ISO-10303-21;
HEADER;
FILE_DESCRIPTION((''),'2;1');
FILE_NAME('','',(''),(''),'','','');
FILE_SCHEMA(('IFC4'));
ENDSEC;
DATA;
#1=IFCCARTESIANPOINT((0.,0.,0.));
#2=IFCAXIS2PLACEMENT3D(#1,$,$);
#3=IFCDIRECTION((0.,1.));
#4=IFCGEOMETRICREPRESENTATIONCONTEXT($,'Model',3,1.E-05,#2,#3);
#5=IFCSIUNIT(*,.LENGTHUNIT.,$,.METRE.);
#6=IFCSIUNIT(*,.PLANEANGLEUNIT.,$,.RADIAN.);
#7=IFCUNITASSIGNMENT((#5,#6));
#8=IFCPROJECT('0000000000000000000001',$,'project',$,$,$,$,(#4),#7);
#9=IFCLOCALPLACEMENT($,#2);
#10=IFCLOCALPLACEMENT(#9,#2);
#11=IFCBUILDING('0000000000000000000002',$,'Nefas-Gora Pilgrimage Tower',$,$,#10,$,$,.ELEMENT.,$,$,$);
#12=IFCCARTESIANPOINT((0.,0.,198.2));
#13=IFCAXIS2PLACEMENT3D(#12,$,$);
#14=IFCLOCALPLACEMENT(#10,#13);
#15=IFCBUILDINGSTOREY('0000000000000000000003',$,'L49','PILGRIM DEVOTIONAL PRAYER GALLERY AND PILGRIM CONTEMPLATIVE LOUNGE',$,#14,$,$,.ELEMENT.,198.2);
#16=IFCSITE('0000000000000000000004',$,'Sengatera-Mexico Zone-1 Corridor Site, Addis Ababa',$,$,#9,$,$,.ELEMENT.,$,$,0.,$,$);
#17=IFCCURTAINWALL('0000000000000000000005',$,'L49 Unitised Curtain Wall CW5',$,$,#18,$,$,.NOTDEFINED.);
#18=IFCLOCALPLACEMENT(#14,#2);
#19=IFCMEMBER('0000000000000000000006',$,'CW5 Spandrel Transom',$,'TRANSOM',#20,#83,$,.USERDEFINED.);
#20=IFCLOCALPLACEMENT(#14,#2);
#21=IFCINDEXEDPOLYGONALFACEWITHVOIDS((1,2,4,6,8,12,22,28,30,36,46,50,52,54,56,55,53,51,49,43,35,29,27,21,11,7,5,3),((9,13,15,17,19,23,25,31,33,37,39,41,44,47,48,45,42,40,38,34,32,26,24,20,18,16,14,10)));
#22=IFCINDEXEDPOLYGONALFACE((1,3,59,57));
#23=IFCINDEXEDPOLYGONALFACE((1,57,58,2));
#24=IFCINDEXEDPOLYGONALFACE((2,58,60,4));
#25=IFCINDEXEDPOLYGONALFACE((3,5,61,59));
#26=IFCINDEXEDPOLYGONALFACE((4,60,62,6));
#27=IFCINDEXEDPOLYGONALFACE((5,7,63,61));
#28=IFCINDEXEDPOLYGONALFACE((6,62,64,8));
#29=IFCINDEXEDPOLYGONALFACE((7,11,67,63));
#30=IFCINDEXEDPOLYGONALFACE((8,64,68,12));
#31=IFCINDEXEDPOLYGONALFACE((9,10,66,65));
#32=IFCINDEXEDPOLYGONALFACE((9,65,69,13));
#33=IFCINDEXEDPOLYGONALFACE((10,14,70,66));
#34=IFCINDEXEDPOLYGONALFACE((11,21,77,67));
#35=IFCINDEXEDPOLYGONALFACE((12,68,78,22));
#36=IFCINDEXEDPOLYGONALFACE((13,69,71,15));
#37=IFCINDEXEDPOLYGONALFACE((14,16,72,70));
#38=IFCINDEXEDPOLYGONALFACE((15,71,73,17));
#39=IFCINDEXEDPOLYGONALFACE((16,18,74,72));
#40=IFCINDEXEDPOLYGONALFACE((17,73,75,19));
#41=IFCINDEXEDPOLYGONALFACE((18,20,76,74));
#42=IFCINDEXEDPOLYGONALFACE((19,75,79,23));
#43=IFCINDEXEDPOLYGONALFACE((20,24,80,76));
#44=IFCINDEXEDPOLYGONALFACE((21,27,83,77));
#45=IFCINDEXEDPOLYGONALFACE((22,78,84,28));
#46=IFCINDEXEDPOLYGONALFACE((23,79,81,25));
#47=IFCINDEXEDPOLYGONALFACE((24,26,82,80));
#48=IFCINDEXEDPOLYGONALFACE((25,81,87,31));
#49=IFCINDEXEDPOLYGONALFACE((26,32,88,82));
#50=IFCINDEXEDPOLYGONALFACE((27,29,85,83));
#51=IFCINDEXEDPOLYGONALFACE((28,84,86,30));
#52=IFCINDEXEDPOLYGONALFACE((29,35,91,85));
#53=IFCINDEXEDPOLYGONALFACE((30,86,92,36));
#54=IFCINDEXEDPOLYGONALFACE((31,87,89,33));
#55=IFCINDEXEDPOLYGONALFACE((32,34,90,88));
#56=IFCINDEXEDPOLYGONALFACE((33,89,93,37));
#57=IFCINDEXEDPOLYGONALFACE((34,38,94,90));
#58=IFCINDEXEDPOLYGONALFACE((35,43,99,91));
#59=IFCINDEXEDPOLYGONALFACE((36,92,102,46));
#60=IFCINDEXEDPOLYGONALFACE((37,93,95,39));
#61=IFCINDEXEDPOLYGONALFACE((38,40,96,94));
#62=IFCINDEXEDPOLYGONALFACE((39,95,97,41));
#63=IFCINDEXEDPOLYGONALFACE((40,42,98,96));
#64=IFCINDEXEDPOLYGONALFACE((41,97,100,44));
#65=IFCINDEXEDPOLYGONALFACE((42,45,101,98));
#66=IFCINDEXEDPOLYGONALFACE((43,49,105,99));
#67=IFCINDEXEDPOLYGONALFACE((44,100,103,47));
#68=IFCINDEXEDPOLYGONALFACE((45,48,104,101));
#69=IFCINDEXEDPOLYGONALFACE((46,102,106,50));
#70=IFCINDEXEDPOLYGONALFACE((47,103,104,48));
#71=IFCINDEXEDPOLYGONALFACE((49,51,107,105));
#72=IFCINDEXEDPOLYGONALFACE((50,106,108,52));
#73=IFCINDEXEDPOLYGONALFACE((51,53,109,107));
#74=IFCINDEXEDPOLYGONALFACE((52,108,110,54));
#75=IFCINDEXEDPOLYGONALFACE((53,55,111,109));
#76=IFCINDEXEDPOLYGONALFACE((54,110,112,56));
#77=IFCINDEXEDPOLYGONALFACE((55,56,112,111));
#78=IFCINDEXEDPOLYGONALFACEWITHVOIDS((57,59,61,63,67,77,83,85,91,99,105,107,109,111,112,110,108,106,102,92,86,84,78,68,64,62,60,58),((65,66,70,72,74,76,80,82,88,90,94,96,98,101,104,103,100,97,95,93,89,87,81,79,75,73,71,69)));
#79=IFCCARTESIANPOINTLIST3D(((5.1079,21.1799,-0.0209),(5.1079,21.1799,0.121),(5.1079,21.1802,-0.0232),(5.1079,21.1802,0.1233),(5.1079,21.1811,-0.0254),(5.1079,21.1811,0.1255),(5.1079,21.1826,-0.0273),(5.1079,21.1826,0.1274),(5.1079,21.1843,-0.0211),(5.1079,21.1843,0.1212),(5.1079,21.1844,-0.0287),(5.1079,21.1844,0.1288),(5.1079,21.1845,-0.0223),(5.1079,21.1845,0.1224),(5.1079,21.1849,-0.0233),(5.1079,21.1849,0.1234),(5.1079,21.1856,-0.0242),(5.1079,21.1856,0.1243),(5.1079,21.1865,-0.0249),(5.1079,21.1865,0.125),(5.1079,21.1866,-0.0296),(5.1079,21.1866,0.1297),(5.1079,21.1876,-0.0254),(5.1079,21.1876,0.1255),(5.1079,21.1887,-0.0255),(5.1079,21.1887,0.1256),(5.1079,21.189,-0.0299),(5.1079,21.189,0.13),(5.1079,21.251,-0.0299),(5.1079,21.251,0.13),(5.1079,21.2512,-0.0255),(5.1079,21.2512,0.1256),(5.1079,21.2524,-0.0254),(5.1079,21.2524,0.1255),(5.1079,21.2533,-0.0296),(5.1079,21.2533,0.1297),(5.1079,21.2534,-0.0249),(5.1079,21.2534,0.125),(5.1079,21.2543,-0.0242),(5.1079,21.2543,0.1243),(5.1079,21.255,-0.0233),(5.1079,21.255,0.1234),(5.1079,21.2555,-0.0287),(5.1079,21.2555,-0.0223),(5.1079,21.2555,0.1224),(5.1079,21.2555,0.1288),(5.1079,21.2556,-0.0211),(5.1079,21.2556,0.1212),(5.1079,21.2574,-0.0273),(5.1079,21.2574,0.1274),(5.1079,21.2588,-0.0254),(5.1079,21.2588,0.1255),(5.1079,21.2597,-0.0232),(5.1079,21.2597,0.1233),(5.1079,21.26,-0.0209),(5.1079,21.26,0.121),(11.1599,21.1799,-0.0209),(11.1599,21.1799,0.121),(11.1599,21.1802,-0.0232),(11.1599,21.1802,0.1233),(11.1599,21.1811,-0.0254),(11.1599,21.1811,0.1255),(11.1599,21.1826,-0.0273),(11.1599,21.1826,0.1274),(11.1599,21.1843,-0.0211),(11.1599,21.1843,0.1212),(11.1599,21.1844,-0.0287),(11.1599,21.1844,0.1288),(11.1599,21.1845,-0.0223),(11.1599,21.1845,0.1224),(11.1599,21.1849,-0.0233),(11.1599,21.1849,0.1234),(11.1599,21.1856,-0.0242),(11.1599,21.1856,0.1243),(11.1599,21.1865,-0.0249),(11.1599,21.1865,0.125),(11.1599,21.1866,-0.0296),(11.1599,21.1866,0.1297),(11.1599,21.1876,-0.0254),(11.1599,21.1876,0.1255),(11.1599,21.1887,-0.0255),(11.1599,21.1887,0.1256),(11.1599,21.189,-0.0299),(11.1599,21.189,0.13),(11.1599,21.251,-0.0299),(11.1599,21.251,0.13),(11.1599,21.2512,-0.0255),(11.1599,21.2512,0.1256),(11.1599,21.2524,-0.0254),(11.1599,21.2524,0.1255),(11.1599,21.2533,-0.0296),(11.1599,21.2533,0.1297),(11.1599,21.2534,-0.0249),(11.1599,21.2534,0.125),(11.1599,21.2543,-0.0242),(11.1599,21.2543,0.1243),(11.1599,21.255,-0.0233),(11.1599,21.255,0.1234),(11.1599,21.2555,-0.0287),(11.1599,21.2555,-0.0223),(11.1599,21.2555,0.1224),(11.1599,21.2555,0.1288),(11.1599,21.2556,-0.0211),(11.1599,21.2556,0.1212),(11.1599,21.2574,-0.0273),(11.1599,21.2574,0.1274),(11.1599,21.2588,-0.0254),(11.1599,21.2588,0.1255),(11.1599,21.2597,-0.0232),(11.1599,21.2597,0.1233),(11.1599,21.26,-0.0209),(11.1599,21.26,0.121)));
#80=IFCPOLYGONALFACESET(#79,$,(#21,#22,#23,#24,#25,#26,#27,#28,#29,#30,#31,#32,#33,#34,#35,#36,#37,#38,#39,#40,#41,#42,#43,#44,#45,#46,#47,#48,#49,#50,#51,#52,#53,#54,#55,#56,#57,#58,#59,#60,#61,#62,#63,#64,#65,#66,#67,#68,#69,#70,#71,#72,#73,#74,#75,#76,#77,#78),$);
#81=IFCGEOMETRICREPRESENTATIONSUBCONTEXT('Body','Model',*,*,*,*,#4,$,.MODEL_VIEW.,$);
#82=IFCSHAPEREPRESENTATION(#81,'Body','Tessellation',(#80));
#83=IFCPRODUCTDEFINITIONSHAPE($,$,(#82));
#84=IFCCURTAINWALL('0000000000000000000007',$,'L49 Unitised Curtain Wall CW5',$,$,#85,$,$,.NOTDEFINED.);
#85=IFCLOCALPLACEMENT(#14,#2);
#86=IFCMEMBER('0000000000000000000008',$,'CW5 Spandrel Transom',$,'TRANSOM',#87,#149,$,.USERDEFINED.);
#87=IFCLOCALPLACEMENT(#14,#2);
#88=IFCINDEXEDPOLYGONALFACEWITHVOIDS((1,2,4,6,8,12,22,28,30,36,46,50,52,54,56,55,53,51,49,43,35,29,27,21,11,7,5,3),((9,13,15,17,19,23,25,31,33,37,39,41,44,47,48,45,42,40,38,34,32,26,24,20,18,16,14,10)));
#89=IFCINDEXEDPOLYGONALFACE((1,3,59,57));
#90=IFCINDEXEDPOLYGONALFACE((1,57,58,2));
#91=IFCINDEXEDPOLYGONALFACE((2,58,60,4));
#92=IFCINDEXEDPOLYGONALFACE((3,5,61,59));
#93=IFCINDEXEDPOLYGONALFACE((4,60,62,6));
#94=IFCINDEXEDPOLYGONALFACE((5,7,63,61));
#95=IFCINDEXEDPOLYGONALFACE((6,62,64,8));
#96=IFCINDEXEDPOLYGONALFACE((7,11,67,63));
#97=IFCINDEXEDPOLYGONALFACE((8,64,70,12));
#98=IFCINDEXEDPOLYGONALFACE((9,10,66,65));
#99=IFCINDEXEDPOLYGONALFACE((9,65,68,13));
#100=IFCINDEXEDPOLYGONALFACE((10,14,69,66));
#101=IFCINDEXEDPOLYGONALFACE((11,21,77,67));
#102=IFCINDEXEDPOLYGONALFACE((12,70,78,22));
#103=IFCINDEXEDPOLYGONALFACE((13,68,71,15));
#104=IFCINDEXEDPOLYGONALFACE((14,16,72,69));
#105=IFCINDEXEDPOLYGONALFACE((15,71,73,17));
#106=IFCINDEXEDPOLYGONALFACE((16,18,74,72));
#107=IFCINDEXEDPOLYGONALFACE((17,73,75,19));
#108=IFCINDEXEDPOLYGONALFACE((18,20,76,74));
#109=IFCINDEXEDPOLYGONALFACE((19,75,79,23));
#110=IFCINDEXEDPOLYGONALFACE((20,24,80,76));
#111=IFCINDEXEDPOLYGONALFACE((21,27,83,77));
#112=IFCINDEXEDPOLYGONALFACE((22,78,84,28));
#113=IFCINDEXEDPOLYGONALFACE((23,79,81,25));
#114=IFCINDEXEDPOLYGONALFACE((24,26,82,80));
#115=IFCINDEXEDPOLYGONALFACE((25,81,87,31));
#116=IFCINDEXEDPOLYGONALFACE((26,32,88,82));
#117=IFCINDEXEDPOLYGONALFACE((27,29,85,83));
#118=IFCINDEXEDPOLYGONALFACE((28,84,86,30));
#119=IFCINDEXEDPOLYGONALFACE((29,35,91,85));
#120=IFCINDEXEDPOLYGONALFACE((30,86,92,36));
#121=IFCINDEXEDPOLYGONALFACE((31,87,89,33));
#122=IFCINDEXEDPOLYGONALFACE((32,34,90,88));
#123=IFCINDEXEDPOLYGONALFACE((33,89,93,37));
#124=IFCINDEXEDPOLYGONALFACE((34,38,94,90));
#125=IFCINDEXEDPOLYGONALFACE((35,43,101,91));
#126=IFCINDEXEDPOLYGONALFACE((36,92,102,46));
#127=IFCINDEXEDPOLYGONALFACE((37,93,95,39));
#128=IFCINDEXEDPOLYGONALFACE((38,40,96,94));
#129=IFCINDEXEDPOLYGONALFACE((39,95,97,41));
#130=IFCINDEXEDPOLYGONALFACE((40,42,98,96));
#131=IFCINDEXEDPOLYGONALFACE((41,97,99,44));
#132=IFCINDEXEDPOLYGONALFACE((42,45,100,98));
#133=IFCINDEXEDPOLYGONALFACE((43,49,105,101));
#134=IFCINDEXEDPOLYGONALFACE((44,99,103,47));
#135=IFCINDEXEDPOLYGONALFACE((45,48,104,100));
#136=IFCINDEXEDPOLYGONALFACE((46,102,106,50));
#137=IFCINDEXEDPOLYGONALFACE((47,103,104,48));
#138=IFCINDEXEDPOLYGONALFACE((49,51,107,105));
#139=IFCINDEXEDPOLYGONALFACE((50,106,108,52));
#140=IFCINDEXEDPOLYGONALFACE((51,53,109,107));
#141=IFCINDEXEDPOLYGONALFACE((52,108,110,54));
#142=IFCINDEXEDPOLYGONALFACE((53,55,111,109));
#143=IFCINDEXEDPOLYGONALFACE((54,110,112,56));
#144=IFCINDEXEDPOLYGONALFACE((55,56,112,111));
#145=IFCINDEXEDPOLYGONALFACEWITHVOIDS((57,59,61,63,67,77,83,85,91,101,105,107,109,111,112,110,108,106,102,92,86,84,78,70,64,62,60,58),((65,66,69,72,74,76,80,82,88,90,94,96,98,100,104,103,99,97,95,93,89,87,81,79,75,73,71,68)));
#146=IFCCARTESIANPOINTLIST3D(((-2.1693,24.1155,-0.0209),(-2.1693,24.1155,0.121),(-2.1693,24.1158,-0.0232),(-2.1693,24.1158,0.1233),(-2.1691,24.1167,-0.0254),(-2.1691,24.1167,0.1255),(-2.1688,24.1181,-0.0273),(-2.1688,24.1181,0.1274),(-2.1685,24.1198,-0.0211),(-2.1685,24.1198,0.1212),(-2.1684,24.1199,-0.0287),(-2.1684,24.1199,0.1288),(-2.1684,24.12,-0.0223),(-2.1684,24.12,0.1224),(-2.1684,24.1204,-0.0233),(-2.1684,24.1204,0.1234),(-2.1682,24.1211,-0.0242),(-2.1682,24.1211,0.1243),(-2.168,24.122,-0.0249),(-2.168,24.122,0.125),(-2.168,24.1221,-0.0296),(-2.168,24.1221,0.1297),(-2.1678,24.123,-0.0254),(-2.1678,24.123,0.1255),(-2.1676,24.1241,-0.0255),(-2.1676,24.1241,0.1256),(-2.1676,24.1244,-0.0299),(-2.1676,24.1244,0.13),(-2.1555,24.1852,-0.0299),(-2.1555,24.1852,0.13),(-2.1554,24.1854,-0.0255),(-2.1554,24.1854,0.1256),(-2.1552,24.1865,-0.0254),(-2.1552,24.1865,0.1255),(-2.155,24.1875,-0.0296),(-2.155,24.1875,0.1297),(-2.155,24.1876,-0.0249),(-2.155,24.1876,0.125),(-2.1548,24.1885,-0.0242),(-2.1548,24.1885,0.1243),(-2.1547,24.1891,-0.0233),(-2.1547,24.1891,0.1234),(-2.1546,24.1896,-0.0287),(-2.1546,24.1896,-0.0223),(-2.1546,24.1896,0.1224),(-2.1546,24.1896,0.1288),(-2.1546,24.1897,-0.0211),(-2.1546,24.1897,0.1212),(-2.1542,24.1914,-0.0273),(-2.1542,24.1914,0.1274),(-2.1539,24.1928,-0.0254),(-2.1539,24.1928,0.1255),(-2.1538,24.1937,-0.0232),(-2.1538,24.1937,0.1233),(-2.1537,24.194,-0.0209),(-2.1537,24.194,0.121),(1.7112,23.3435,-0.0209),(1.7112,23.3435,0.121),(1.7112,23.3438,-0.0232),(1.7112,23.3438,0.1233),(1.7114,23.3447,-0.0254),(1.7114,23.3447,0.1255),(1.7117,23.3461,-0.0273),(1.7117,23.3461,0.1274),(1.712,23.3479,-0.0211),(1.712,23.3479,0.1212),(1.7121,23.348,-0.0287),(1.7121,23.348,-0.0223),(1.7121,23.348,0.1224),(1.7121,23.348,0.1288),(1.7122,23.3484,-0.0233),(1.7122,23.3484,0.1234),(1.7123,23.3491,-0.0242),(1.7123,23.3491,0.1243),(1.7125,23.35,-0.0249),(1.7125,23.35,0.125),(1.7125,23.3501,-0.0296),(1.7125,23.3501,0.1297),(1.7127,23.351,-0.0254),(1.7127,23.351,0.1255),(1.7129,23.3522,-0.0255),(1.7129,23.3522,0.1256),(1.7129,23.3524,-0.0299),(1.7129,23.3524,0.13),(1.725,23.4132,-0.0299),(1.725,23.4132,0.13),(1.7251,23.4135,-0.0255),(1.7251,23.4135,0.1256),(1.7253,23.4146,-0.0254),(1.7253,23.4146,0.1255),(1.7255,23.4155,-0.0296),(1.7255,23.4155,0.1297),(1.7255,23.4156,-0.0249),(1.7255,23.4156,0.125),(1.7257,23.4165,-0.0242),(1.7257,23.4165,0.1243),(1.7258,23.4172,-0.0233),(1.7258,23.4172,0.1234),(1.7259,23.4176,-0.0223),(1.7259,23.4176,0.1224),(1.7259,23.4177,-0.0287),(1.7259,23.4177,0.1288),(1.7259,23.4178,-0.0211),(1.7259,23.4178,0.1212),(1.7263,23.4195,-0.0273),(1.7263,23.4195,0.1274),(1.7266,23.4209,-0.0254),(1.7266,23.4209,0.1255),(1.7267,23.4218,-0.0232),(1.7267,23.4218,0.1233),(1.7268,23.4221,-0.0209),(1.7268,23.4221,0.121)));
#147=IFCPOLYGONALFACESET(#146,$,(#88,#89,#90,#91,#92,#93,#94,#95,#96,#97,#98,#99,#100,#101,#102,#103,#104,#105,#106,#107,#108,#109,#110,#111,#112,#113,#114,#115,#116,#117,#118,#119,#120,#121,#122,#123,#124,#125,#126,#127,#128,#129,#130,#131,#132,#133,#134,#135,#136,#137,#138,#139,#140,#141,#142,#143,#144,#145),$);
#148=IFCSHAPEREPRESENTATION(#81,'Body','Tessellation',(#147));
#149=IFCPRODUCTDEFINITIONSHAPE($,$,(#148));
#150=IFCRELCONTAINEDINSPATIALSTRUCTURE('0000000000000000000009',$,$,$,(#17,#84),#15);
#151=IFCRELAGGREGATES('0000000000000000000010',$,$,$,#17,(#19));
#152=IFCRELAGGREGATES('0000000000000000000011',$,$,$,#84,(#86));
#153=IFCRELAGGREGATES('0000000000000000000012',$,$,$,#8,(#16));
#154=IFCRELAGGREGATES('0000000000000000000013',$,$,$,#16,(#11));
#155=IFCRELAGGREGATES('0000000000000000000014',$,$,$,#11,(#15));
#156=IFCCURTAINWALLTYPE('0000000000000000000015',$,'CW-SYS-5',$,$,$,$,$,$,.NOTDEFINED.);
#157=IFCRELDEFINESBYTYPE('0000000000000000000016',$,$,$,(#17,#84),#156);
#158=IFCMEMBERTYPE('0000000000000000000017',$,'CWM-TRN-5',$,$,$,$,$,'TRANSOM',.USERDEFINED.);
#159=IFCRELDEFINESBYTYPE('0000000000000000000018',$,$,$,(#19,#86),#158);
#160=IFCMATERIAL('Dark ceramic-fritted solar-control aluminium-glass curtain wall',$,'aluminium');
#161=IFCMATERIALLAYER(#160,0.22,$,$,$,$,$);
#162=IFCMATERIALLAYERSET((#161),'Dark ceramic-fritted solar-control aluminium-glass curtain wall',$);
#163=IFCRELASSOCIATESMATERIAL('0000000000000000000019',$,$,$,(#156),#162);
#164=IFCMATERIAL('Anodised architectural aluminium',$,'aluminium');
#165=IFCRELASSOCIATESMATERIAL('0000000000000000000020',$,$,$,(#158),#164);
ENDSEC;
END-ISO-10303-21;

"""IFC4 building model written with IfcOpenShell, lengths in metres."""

from ifc_helpers import new_model, si_unit, direction, frame, origin, origin_2d, place, context, subcontext, project, spatial, hollow_rectangle, extrude, source, transform, mapped, material, layer, layer_set, material_profile, profile_set, type_object, element, aggregate, save


model = new_model("IFC4")

# Units and contexts
model_context = context("Model", 3, precision=1e-05, world=origin(), true_north=direction((0.0, 1.0)))
body_context = subcontext(model_context, "Body", "Model", "MODEL_VIEW")
ifc_project = project(units=[si_unit("LENGTHUNIT", "METRE"), si_unit("PLANEANGLEUNIT", "RADIAN")], contexts=[model_context])

# Site, building, storey
site_placement = place(None, origin())
site = spatial("IfcSite", under=ifc_project, at=site_placement, Name="Sengatera-Mexico Zone-1 Corridor Site, Addis Ababa", CompositionType="ELEMENT", RefElevation=0.0)
building_placement = place(site_placement, origin())
building = spatial("IfcBuilding", under=site, at=building_placement, Name="Nefas-Gora Pilgrimage Tower", CompositionType="ELEMENT")
storey_placement = place(building_placement, frame((0.0, 0.0, 198.2)))
storey = spatial("IfcBuildingStorey", under=building, at=storey_placement, Name="L49", Description="PILGRIM DEVOTIONAL PRAYER GALLERY AND PILGRIM CONTEMPLATIVE LOUNGE", CompositionType="ELEMENT", Elevation=198.2)

# Curtain walls, members
ifc_material_1 = material(Name="Dark ceramic-fritted solar-control aluminium-glass curtain wall", Category="aluminium")
ifc_layer_1 = layer(ifc_material_1, 0.22)
ifc_layer_set_1 = layer_set([ifc_layer_1], Name="Dark ceramic-fritted solar-control aluminium-glass curtain wall")
curtain_wall_type = type_object("IfcCurtainWallType", Name="CW-SYS-5", PredefinedType="NOTDEFINED", material=ifc_layer_set_1)
curtain_wall_1_placement = place(storey_placement, origin())
curtain_wall_1 = element("IfcCurtainWall", 1, at=curtain_wall_1_placement, inside=storey, type_object=curtain_wall_type, Name="L49 Unitised Curtain Wall CW5", PredefinedType="NOTDEFINED")
ifc_material_2 = material(Name="Anodised architectural aluminium", Category="aluminium")
ifc_material_profile_1 = material_profile(ifc_material_2, hollow_rectangle(XDim=0.0801, YDim=0.1599, WallThickness=0.0044, InnerFilletRadius=0.0044, OuterFilletRadius=0.009, at=origin_2d()), Name="ALU TRANSOM 80x160")
ifc_profile_set_1 = profile_set([ifc_material_profile_1], Name="Anodised architectural aluminium")
member_type_1 = type_object("IfcMemberType", Name="CWM-TRN-5", ElementType="TRANSOM", PredefinedType="USERDEFINED", material=ifc_profile_set_1)
shared_shape_1 = source(origin(), body_context, "Body", "SweptSolid", [
    extrude(hollow_rectangle(XDim=0.0801, YDim=0.1599, WallThickness=0.0044, InnerFilletRadius=0.0044, OuterFilletRadius=0.009, at=origin_2d()), origin(), (0.0, 0.0, 1.0), 6.052),
])
member_1_placement = place(storey_placement, frame((11.1599, 21.22, 0.05), z_axis=(-1.0, 0.0, 0.0), x_axis=(0.0, -1.0, 0.0)))
member_1 = element("IfcMember", 2, at=member_1_placement, type_object=member_type_1, Name="CW5 Spandrel Transom", ObjectType="TRANSOM", PredefinedType="USERDEFINED", context=body_context, shape_type="MappedRepresentation", body=[
    mapped(shared_shape_1, transform((0.0, 0.0, 0.0), x_axis=(1.0, 0.0, 0.0), y_axis=(0.0, 1.0, 0.0), z_axis=(0.0, 0.0, 1.0), scale=1.0)),
])
curtain_wall_2_placement = place(storey_placement, origin())
curtain_wall_2 = element("IfcCurtainWall", 3, at=curtain_wall_2_placement, inside=storey, type_object=curtain_wall_type, Name="L49 Unitised Curtain Wall CW5", PredefinedType="NOTDEFINED")
shared_shape_2 = source(origin(), body_context, "Body", "SweptSolid", [
    extrude(hollow_rectangle(XDim=0.0801, YDim=0.1599, WallThickness=0.0044, InnerFilletRadius=0.0044, OuterFilletRadius=0.009, at=origin_2d()), origin(), (0.0, 0.0, 1.0), 3.9565),
])
member_2_placement = place(storey_placement, frame((1.719, 23.3828, 0.05), z_axis=(-0.980782, 0.195107, 0.0), x_axis=(-0.195107, -0.980782, 0.0)))
member_2 = element("IfcMember", 4, at=member_2_placement, type_object=member_type_1, Name="CW5 Spandrel Transom", ObjectType="TRANSOM", PredefinedType="USERDEFINED", context=body_context, shape_type="MappedRepresentation", body=[
    mapped(shared_shape_2, transform((0.0, 0.0, 0.0), x_axis=(1.0, 0.0, 0.0), y_axis=(0.0, 1.0, 0.0), z_axis=(0.0, 0.0, 1.0), scale=1.0)),
])

aggregate(curtain_wall_1, [member_1])
aggregate(curtain_wall_2, [member_2])

save(model, "model.ifc")
